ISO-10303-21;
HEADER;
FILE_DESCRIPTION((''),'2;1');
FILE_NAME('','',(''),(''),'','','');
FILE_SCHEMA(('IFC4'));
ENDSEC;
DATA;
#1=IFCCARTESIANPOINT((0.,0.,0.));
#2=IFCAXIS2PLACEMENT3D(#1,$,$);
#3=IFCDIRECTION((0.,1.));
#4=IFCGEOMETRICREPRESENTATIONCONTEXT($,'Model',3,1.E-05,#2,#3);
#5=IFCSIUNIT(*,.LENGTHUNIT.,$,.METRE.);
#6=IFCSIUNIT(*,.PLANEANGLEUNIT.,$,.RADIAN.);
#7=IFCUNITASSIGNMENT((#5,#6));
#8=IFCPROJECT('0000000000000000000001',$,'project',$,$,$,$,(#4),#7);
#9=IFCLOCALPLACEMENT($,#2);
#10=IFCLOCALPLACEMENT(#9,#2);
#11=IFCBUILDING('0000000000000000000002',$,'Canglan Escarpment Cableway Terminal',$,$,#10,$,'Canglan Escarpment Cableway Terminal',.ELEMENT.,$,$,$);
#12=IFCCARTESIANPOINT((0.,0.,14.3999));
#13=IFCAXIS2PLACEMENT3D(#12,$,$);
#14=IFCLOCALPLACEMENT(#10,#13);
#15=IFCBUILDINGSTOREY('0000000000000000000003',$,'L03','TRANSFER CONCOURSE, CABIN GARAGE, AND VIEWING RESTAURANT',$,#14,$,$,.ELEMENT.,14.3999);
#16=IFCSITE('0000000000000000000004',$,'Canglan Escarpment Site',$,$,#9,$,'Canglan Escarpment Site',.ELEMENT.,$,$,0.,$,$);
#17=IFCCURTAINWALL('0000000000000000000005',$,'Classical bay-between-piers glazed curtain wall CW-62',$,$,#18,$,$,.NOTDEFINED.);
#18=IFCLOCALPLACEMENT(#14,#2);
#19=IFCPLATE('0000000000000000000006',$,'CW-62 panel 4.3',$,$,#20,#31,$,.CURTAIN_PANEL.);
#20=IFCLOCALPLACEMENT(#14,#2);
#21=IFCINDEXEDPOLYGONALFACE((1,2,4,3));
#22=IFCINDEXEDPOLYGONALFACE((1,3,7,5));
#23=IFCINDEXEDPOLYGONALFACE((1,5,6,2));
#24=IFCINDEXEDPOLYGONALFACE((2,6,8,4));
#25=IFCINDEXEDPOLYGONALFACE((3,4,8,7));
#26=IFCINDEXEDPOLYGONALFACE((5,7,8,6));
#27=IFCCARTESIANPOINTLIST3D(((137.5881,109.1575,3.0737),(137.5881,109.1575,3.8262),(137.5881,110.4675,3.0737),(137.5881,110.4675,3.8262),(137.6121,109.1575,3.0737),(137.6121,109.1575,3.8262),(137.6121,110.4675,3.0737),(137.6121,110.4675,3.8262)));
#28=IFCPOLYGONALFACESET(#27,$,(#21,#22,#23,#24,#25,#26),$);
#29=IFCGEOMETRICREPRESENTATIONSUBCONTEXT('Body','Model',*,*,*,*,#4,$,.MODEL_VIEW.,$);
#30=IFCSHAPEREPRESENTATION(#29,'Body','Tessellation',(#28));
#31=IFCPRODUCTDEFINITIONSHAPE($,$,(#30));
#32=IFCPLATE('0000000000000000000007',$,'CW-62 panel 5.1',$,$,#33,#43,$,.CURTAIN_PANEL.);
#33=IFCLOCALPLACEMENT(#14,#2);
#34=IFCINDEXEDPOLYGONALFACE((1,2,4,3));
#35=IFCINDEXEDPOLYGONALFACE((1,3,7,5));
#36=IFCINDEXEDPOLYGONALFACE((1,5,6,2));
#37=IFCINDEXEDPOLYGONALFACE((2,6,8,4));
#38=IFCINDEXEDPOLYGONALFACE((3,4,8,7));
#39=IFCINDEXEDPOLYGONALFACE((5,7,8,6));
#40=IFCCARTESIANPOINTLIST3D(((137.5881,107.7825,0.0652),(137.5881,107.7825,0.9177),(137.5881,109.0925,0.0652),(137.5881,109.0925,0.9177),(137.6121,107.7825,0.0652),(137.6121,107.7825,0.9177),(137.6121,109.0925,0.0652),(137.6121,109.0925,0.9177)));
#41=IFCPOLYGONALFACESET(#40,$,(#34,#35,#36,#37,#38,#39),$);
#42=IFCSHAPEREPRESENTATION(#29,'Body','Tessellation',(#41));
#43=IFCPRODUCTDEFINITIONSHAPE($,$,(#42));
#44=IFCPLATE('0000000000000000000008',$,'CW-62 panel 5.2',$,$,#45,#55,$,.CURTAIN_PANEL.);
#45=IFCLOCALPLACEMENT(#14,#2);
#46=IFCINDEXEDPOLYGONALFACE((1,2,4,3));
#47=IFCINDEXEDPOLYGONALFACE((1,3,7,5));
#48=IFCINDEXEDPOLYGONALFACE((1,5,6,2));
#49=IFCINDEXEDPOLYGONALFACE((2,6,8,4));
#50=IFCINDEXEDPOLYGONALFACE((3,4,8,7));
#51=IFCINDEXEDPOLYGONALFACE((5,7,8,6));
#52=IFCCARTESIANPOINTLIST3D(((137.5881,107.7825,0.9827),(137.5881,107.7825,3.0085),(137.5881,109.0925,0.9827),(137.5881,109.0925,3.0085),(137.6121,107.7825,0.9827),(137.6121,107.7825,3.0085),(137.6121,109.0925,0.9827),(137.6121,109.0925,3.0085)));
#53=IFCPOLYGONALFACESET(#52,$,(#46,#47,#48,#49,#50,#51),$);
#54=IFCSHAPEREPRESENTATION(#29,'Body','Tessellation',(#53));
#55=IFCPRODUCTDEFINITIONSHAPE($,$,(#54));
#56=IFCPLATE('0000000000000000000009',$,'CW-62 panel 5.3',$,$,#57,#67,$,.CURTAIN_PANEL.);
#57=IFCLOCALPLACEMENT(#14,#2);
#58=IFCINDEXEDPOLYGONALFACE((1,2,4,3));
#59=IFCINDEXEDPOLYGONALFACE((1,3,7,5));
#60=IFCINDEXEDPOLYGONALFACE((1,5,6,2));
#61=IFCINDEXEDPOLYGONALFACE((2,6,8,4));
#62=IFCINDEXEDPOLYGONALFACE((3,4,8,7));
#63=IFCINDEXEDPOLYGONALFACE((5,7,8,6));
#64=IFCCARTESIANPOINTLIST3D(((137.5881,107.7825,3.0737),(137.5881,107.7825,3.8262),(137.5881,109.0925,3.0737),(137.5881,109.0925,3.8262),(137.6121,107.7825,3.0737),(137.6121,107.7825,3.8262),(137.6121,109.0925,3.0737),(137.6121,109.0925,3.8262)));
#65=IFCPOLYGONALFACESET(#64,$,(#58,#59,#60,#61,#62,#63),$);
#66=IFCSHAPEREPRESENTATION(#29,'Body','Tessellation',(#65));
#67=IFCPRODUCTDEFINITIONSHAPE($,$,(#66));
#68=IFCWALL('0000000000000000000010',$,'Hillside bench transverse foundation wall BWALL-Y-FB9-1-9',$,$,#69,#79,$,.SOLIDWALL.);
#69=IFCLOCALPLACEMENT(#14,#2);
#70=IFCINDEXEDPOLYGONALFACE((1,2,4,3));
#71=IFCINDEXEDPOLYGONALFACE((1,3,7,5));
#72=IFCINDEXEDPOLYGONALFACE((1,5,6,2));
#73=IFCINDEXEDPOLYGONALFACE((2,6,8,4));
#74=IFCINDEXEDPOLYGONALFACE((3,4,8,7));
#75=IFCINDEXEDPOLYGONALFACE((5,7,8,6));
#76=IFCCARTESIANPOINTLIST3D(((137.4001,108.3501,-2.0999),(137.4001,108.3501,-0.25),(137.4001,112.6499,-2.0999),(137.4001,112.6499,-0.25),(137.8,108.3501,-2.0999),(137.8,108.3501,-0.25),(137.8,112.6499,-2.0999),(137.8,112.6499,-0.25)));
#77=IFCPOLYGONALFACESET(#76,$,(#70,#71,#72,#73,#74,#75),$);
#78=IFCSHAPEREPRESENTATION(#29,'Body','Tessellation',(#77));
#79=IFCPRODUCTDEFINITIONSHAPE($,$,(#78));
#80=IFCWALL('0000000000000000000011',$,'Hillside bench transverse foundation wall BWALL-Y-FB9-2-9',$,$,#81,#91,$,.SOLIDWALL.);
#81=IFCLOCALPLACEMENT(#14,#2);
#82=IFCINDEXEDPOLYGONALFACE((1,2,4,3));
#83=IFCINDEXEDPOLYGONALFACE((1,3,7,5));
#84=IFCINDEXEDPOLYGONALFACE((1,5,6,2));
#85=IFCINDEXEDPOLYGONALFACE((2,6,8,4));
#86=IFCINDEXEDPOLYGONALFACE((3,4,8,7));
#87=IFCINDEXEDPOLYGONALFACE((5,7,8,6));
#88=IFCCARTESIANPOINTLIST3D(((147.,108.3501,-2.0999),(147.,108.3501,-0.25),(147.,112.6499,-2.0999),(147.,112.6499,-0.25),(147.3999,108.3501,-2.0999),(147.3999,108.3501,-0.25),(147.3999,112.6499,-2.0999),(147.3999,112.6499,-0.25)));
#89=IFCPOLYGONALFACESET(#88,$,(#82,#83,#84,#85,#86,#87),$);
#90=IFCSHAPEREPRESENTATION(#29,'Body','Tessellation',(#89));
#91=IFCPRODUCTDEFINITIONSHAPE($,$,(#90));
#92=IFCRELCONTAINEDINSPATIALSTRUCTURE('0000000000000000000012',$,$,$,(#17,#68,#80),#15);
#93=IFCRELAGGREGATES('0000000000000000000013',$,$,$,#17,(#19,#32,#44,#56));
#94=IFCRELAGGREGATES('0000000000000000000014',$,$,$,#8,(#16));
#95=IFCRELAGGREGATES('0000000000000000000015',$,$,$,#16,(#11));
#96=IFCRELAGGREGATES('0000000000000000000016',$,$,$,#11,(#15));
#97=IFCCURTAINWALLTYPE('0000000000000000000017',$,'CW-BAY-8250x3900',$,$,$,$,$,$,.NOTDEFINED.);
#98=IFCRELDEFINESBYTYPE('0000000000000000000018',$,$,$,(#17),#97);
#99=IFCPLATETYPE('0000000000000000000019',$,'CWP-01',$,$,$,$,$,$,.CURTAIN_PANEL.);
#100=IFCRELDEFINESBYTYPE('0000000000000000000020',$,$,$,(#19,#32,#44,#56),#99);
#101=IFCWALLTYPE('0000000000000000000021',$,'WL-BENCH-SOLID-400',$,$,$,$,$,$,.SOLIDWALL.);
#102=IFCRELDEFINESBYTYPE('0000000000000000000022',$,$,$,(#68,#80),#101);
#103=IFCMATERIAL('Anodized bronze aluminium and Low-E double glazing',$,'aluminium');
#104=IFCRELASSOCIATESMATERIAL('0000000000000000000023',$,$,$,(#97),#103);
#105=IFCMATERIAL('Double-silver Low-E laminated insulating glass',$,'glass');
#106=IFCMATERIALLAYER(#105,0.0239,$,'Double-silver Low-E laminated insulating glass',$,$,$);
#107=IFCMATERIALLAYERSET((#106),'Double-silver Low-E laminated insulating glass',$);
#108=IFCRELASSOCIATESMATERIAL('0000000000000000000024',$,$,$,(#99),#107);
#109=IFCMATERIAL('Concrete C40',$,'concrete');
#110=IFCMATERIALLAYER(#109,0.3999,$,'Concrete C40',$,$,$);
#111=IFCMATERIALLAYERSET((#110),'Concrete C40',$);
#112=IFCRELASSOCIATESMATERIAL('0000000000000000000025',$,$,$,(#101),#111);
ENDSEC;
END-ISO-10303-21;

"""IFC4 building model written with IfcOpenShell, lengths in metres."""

from ifc_helpers import new_model, si_unit, direction, frame, frame_2d, origin, origin_2d, place, context, subcontext, project, spatial, rectangle, extrude, material, layer, layer_set, type_object, element, aggregate, save


model = new_model("IFC4")

# Units and contexts
model_context = context("Model", 3, precision=1e-05, world=origin(), true_north=direction((0.0, 1.0)))
body_context = subcontext(model_context, "Body", "Model", "MODEL_VIEW")
ifc_project = project(units=[si_unit("LENGTHUNIT", "METRE"), si_unit("PLANEANGLEUNIT", "RADIAN")], contexts=[model_context])

# Site, building, storey
site_placement = place(None, origin())
site = spatial("IfcSite", under=ifc_project, at=site_placement, Name="Canglan Escarpment Site", LongName="Canglan Escarpment Site", CompositionType="ELEMENT", RefElevation=0.0)
building_placement = place(site_placement, origin())
building = spatial("IfcBuilding", under=site, at=building_placement, Name="Canglan Escarpment Cableway Terminal", LongName="Canglan Escarpment Cableway Terminal", CompositionType="ELEMENT")
storey_placement = place(building_placement, frame((0.0, 0.0, 14.3999)))
storey = spatial("IfcBuildingStorey", under=building, at=storey_placement, Name="L03", Description="TRANSFER CONCOURSE, CABIN GARAGE, AND VIEWING RESTAURANT", CompositionType="ELEMENT", Elevation=14.3999)

# Shared definitions
ifc_material_1 = material(Name="Concrete C40", Category="concrete")

# Curtain wall
ifc_material_2 = material(Name="Anodized bronze aluminium and Low-E double glazing", Category="aluminium")
curtain_wall_type = type_object("IfcCurtainWallType", Name="CW-BAY-8250x3900", PredefinedType="NOTDEFINED", material=ifc_material_2)
curtain_wall_placement = place(storey_placement, origin())
curtain_wall = element("IfcCurtainWall", 1, at=curtain_wall_placement, inside=storey, type_object=curtain_wall_type, Name="Classical bay-between-piers glazed curtain wall CW-62", PredefinedType="NOTDEFINED")

# Plates
ifc_material_3 = material(Name="Double-silver Low-E laminated insulating glass", Category="glass")
ifc_layer_1 = layer(ifc_material_3, 0.0239, Name="Double-silver Low-E laminated insulating glass")
ifc_layer_set_1 = layer_set([ifc_layer_1], Name="Double-silver Low-E laminated insulating glass")
plate_type = type_object("IfcPlateType", Name="CWP-01", PredefinedType="CURTAIN_PANEL", material=ifc_layer_set_1)
plate_1_placement = place(storey_placement, frame((137.6001, 109.8125, 3.0737), z_axis=(0.0, 0.0, 1.0), x_axis=(0.0, -1.0, 0.0)))
plate_1 = element("IfcPlate", 2, at=plate_1_placement, type_object=plate_type, Name="CW-62 panel 4.3", PredefinedType="CURTAIN_PANEL", context=body_context, shape_type="SweptSolid", body=[
    extrude(rectangle(XDim=1.3101, YDim=0.0239, at=origin_2d()), origin(), (0.0, 0.0, 1.0), 0.7524),
])
plate_2_placement = place(storey_placement, frame((137.6001, 108.4375, 0.0652), z_axis=(0.0, 0.0, 1.0), x_axis=(0.0, -1.0, 0.0)))
plate_2 = element("IfcPlate", 3, at=plate_2_placement, type_object=plate_type, Name="CW-62 panel 5.1", PredefinedType="CURTAIN_PANEL", context=body_context, shape_type="SweptSolid", body=[
    extrude(rectangle(XDim=1.3101, YDim=0.0239, at=origin_2d()), origin(), (0.0, 0.0, 1.0), 0.8525),
])
plate_3_placement = place(storey_placement, frame((137.6001, 108.4375, 0.9827), z_axis=(0.0, 0.0, 1.0), x_axis=(0.0, -1.0, 0.0)))
plate_3 = element("IfcPlate", 4, at=plate_3_placement, type_object=plate_type, Name="CW-62 panel 5.2", PredefinedType="CURTAIN_PANEL", context=body_context, shape_type="SweptSolid", body=[
    extrude(rectangle(XDim=1.3101, YDim=0.0239, at=origin_2d()), origin(), (0.0, 0.0, 1.0), 2.0259),
])
plate_4_placement = place(storey_placement, frame((137.6001, 108.4375, 3.0737), z_axis=(0.0, 0.0, 1.0), x_axis=(0.0, -1.0, 0.0)))
plate_4 = element("IfcPlate", 5, at=plate_4_placement, type_object=plate_type, Name="CW-62 panel 5.3", PredefinedType="CURTAIN_PANEL", context=body_context, shape_type="SweptSolid", body=[
    extrude(rectangle(XDim=1.3101, YDim=0.0239, at=origin_2d()), origin(), (0.0, 0.0, 1.0), 0.7524),
])
aggregate(curtain_wall, [plate_1, plate_2, plate_3, plate_4])

# Walls
ifc_layer_2 = layer(ifc_material_1, 0.3999, Name="Concrete C40")
ifc_layer_set_2 = layer_set([ifc_layer_2], Name="Concrete C40")
wall_type = type_object("IfcWallType", Name="WL-BENCH-SOLID-400", PredefinedType="SOLIDWALL", material=ifc_layer_set_2)
for number, where, z_axis, x_axis, name in (
    (6, (137.6001, 108.3501, -2.0999), (0.0, 0.0, 1.0), (0.0, 1.0, 0.0), "Hillside bench transverse foundation wall BWALL-Y-FB9-1-9"),
    (7, (147.2, 108.3501, -2.0999), (0.0, 0.0, 1.0), (0.0, 1.0, 0.0), "Hillside bench transverse foundation wall BWALL-Y-FB9-2-9"),
):
    element("IfcWall", number, at=place(storey_placement, frame(where, z_axis=z_axis, x_axis=x_axis)), inside=storey, type_object=wall_type, Name=name, PredefinedType="SOLIDWALL", context=body_context, shape_type="SweptSolid", body=[
        extrude(rectangle(XDim=4.2998, YDim=0.3999, at=frame_2d((2.1499, 0.0))), origin(), (0.0, 0.0, 1.0), 1.8499),
    ])

save(model, "model.ifc")
